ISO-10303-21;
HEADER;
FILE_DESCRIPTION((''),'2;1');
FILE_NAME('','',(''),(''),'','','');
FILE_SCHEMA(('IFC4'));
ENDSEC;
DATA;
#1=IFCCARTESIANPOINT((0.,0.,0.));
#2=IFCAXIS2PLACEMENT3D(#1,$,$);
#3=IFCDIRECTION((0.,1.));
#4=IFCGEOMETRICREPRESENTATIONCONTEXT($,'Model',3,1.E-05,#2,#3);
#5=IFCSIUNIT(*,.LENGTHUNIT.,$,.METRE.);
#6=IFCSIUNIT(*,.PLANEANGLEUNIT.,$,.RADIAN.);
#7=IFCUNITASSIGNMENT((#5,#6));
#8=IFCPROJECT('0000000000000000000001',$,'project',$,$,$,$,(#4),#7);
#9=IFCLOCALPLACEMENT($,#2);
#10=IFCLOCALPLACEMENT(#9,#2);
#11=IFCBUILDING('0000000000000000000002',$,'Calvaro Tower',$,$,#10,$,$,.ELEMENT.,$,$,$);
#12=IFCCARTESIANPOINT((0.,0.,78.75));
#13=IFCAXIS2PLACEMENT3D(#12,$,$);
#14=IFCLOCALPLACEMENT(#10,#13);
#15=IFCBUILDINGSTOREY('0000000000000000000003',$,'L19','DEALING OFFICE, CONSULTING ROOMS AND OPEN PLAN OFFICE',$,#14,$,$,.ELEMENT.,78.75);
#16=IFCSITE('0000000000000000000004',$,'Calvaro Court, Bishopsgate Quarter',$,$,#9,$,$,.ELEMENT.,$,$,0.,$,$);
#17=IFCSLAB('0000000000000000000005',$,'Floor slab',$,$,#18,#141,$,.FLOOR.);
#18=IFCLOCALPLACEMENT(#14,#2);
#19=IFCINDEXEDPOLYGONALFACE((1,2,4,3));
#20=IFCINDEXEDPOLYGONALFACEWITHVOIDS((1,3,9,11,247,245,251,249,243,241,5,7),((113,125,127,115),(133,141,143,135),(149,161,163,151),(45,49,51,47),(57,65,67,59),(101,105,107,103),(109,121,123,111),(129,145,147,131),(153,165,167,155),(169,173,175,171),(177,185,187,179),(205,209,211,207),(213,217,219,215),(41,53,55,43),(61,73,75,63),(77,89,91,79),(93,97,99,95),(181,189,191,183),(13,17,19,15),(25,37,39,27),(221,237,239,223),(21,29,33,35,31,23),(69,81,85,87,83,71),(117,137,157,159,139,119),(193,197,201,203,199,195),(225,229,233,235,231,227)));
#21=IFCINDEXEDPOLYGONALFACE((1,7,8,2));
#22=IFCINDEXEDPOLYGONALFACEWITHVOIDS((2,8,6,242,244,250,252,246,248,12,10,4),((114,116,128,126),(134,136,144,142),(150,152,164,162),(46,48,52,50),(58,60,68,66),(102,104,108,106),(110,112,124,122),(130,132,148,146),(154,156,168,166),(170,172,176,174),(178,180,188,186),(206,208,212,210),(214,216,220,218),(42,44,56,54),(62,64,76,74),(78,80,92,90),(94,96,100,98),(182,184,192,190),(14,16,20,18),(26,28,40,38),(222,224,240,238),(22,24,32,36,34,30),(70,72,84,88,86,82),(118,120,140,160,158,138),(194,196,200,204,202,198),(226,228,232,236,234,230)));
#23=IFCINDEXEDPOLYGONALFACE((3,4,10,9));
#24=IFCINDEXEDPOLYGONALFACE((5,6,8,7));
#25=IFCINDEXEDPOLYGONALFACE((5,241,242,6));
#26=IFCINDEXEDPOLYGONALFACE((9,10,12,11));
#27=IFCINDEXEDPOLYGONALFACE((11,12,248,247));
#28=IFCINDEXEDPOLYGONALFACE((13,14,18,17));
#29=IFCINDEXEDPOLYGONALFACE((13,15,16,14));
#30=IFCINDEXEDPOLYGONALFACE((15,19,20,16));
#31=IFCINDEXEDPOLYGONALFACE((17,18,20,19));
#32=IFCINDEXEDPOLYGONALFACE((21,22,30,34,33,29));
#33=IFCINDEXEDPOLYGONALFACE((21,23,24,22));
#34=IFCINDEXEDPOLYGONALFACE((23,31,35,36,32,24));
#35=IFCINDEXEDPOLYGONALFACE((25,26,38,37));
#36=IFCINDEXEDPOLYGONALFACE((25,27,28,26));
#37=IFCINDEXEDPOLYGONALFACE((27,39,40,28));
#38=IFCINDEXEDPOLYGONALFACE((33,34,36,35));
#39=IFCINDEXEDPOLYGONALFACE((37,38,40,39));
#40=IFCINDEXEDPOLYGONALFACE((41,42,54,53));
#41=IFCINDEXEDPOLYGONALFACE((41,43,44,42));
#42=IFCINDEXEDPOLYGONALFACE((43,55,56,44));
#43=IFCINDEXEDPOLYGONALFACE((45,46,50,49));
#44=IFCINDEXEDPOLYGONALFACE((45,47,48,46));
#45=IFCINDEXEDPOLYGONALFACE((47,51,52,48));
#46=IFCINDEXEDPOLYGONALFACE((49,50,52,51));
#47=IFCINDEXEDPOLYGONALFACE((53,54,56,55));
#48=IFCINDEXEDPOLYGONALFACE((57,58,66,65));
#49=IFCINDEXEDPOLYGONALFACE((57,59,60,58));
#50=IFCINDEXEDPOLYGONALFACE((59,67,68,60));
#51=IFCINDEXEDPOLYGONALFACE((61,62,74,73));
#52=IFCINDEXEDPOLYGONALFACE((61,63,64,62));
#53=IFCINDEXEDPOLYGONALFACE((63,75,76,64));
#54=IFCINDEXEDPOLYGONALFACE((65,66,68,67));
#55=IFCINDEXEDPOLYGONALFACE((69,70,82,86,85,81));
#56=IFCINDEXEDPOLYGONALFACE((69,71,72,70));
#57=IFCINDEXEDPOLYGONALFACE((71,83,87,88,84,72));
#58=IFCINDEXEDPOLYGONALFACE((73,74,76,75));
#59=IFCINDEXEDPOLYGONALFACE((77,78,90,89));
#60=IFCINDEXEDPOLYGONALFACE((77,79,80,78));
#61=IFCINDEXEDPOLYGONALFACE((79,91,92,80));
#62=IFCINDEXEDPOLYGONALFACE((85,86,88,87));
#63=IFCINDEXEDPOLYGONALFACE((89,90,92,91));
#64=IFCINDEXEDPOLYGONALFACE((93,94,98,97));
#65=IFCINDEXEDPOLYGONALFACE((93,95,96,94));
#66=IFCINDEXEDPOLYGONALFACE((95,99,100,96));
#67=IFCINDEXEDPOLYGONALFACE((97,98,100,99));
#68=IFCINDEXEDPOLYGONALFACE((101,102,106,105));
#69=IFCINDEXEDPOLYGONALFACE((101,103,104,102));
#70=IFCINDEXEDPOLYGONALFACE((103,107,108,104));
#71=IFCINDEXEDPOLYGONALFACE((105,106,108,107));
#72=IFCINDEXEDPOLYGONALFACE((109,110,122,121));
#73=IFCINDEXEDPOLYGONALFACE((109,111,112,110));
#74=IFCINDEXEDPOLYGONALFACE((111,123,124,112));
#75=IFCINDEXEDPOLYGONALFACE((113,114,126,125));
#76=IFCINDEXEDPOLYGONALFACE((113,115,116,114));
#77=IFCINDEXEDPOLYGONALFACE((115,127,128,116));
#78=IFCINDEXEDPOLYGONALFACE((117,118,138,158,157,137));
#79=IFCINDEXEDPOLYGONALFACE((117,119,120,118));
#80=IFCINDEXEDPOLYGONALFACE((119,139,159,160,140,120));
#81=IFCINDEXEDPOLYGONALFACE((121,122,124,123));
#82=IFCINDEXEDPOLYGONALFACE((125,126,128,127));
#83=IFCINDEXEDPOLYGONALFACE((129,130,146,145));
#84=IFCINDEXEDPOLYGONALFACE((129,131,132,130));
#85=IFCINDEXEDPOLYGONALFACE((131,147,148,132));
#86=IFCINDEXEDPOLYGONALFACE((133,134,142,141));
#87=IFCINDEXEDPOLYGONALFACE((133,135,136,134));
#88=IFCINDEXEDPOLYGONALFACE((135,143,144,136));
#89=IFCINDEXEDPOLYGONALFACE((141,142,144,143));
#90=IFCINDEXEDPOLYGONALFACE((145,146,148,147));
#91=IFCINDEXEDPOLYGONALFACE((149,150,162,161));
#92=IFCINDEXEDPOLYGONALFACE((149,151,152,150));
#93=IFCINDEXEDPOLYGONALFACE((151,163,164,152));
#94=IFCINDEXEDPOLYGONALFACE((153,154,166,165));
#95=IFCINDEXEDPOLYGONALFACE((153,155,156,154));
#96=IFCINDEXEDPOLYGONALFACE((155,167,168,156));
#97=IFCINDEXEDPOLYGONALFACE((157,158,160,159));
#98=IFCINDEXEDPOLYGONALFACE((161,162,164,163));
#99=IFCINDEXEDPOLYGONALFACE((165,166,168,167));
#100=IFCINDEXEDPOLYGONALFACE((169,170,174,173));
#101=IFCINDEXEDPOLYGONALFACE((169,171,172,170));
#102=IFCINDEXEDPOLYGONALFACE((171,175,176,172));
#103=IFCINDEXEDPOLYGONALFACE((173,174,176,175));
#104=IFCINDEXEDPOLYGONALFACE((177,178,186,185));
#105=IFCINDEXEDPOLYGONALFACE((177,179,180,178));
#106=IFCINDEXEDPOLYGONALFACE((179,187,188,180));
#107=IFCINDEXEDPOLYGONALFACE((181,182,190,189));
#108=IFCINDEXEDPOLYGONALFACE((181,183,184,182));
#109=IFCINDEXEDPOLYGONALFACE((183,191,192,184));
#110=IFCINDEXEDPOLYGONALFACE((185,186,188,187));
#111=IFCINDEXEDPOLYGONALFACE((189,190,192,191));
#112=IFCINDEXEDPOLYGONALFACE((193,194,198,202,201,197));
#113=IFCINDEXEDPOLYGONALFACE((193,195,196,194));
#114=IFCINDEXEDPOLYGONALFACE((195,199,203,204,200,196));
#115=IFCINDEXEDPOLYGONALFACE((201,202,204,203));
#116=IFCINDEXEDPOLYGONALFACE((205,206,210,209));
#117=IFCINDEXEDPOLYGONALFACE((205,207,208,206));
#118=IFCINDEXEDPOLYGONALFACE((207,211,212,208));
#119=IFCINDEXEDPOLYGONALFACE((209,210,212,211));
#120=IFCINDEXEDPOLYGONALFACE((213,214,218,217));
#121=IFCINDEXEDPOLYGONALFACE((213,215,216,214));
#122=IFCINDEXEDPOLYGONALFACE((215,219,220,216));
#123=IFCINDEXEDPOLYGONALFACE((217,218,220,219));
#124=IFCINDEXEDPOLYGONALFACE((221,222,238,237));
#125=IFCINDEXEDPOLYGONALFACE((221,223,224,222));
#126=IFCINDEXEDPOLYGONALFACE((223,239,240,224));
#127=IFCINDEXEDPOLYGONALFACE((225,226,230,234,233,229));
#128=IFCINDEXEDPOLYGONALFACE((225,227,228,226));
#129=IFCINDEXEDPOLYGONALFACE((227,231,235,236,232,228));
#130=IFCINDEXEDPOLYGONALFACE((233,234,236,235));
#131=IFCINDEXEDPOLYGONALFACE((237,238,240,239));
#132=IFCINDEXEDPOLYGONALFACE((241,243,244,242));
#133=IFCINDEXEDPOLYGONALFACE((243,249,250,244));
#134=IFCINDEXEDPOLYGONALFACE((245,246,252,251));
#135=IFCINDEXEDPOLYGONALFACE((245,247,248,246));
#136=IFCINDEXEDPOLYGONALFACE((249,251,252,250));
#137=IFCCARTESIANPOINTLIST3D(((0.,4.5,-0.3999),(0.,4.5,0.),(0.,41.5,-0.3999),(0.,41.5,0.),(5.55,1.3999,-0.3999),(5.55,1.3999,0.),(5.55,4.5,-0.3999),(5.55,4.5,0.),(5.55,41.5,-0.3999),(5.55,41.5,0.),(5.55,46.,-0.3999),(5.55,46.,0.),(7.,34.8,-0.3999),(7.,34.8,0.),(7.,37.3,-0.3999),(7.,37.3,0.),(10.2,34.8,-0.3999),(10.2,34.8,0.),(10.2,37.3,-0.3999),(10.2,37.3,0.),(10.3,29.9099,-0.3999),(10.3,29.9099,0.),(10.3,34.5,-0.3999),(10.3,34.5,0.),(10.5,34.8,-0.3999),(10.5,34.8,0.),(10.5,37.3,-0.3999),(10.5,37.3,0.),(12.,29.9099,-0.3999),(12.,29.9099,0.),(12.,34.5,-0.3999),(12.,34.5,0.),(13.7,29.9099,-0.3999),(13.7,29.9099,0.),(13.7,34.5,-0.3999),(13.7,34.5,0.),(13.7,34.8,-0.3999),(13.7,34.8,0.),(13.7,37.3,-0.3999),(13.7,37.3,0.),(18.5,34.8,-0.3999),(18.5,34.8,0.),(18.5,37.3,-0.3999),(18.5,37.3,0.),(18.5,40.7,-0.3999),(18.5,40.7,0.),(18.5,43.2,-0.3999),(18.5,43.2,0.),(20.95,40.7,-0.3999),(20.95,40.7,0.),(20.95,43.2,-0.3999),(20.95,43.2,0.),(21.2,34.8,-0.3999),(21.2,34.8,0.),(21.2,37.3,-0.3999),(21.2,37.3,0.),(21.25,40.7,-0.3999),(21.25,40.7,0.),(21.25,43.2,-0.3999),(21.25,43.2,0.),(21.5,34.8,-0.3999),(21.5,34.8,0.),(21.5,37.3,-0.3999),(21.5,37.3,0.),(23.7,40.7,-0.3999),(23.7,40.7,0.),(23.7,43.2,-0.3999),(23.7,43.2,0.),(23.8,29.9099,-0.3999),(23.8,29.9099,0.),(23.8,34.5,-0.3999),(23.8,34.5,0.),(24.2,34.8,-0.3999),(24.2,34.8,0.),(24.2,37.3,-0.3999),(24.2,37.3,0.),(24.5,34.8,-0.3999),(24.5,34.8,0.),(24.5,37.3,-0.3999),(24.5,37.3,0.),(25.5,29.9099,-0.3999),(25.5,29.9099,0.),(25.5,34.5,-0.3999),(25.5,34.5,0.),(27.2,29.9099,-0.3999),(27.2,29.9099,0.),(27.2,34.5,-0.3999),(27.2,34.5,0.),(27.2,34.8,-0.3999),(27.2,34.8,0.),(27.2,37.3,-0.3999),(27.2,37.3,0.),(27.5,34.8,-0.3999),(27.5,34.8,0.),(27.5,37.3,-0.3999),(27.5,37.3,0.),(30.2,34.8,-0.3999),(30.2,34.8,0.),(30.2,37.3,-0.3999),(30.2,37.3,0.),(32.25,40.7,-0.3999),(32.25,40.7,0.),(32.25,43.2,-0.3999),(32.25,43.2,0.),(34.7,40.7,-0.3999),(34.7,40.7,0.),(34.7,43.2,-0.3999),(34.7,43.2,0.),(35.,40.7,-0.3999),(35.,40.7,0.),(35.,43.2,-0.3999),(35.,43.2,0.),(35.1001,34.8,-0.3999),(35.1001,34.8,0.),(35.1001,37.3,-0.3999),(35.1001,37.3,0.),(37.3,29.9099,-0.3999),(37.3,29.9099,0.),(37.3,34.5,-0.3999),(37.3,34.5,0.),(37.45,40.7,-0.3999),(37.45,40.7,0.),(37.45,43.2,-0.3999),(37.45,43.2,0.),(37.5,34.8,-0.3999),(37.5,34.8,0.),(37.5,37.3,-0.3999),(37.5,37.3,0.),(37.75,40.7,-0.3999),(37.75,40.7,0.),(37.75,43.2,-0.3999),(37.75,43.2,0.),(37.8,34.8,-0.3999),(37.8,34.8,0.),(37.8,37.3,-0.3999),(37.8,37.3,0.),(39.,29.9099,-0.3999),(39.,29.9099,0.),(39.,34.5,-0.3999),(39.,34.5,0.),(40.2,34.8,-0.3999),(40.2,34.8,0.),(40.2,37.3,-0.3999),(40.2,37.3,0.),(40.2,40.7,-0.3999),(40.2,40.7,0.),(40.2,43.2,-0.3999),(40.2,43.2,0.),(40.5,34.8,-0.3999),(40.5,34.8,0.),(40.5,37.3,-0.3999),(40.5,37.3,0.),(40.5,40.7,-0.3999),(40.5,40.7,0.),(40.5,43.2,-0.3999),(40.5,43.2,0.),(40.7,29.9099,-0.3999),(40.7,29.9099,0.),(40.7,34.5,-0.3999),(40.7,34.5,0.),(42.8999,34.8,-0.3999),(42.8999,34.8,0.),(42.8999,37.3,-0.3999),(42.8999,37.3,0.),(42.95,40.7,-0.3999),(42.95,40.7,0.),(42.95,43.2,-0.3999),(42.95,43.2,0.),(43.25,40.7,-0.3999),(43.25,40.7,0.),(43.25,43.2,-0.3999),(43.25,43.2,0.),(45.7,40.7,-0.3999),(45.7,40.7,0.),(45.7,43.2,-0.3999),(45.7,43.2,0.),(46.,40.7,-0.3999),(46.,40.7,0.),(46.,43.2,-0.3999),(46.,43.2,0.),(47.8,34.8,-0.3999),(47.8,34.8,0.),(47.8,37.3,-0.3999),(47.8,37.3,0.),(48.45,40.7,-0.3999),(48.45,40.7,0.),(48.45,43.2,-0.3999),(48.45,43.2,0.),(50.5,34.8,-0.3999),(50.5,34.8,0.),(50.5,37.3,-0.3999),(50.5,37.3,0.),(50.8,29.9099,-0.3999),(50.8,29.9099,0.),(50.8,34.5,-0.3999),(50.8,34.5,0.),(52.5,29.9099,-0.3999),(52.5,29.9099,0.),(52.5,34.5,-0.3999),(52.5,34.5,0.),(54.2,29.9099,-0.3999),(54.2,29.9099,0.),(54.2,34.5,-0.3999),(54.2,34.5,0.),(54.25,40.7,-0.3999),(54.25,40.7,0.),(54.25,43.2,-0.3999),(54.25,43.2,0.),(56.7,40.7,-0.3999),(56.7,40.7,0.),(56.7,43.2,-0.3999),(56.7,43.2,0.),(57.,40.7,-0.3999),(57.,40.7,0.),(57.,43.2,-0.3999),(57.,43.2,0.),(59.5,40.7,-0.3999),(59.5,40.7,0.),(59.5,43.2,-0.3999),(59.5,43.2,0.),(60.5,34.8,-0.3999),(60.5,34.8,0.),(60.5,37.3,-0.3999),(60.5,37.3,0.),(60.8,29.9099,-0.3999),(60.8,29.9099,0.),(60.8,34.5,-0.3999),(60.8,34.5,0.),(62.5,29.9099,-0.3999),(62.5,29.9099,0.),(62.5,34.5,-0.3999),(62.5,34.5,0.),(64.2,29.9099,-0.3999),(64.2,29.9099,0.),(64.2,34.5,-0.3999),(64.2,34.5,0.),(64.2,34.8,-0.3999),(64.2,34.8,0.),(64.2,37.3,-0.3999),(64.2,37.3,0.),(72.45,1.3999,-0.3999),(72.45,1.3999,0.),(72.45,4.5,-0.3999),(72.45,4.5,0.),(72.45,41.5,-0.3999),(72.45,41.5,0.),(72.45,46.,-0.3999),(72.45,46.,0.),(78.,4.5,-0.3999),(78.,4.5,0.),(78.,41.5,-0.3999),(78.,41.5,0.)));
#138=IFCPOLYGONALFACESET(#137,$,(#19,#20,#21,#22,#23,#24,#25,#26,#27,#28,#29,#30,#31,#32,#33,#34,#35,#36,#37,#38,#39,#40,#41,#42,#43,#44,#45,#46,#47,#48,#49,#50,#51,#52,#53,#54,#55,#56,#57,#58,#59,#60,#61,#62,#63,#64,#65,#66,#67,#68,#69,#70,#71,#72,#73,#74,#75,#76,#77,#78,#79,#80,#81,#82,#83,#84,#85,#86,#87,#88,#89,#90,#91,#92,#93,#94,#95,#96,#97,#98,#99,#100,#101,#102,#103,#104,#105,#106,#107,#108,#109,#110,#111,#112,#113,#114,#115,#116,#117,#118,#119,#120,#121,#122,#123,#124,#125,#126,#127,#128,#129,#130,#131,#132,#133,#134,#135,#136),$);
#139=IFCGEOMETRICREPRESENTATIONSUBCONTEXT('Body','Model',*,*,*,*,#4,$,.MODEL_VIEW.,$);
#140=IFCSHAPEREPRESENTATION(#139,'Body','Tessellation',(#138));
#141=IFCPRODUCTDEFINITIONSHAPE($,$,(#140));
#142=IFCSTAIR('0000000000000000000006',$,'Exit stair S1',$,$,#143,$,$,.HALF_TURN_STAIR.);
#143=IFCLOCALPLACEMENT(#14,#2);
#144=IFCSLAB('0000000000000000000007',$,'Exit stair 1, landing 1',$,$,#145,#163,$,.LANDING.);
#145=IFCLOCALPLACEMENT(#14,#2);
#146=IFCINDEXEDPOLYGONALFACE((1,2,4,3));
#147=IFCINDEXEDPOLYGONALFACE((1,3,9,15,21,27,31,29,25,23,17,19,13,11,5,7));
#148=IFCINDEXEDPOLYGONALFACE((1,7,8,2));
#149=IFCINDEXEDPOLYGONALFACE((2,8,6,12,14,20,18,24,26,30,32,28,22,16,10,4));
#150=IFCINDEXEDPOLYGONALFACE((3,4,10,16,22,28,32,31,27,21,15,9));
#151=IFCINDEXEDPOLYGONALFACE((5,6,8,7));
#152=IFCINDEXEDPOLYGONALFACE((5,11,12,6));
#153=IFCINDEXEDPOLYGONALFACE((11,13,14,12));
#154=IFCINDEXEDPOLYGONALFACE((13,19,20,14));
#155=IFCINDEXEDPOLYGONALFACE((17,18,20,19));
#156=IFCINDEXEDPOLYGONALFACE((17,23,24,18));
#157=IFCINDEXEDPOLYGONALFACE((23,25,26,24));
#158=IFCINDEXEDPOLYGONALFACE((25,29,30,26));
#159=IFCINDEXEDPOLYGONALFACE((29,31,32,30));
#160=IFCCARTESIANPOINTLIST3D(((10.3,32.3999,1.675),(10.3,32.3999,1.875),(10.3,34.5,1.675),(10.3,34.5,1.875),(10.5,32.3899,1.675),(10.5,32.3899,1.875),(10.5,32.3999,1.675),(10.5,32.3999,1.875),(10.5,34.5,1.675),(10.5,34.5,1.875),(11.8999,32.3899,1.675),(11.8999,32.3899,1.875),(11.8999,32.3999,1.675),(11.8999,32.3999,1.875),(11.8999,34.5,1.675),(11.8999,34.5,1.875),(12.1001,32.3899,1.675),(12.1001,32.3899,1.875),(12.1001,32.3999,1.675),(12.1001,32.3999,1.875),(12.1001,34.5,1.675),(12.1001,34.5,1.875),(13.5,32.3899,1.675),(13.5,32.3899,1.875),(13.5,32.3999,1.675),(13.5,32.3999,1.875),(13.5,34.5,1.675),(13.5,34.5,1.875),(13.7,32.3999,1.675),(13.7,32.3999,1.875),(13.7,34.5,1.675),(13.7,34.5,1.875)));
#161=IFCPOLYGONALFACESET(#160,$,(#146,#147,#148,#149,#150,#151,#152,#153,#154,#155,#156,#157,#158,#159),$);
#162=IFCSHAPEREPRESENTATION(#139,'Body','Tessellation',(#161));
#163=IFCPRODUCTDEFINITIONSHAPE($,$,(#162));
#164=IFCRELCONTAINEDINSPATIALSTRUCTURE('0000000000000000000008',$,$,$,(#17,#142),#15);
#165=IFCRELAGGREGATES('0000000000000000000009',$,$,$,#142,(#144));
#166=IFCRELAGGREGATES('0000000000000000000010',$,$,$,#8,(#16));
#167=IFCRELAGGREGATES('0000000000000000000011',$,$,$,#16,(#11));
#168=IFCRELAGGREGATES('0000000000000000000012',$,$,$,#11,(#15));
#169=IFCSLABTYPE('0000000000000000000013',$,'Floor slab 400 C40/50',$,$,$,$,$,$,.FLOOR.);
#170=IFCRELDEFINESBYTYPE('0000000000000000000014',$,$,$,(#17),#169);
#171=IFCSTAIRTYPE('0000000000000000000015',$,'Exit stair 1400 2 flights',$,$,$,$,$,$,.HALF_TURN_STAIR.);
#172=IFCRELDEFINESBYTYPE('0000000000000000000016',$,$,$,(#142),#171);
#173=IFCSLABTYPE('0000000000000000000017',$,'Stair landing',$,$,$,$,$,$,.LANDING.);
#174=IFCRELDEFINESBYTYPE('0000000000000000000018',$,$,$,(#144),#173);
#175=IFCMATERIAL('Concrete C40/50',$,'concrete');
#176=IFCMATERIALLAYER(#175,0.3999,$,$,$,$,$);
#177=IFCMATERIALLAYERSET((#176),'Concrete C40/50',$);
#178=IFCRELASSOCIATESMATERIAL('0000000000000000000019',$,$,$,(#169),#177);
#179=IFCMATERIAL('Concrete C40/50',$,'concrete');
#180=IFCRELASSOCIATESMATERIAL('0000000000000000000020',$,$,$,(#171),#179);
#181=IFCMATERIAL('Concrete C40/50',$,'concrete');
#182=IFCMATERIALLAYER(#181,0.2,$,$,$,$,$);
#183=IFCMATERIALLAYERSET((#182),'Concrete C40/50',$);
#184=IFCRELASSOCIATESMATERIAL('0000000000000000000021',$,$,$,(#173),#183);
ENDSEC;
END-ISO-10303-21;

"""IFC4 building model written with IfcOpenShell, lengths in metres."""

from ifc_helpers import new_model, si_unit, direction, frame, origin, place, context, subcontext, project, spatial, polyline, outline, extrude, material, layer, layer_set, type_object, element, aggregate, save


model = new_model("IFC4")

# Units and contexts
model_context = context("Model", 3, precision=1e-05, world=origin(), true_north=direction((0.0, 1.0)))
body_context = subcontext(model_context, "Body", "Model", "MODEL_VIEW")
ifc_project = project(units=[si_unit("LENGTHUNIT", "METRE"), si_unit("PLANEANGLEUNIT", "RADIAN")], contexts=[model_context])

# Site, building, storey
site_placement = place(None, origin())
site = spatial("IfcSite", under=ifc_project, at=site_placement, Name="Calvaro Court, Bishopsgate Quarter", CompositionType="ELEMENT", RefElevation=0.0)
building_placement = place(site_placement, origin())
building = spatial("IfcBuilding", under=site, at=building_placement, Name="Calvaro Tower", CompositionType="ELEMENT")
storey_placement = place(building_placement, frame((0.0, 0.0, 78.75)))
storey = spatial("IfcBuildingStorey", under=building, at=storey_placement, Name="L19", Description="DEALING OFFICE, CONSULTING ROOMS AND OPEN PLAN OFFICE", CompositionType="ELEMENT", Elevation=78.75)

# Slab
ifc_material_1 = material(Name="Concrete C40/50", Category="concrete")
ifc_layer_1 = layer(ifc_material_1, 0.3999)
ifc_layer_set_1 = layer_set([ifc_layer_1], Name="Concrete C40/50")
slab_type_1 = type_object("IfcSlabType", Name="Floor slab 400 C40/50", PredefinedType="FLOOR", material=ifc_layer_set_1)
slab_1_placement = place(storey_placement, frame((0.0, 0.0, -0.3999)))
element("IfcSlab", 1, at=slab_1_placement, inside=storey, type_object=slab_type_1, Name="Floor slab", PredefinedType="FLOOR", context=body_context, shape_type="SweptSolid", body=[
    extrude(outline(polyline([(72.45, 4.5), (72.45, 1.3999), (5.55, 1.3999), (5.55, 4.5), (0.0, 4.5), (0.0, 41.5), (5.55, 41.5), (5.55, 46.0), (72.45, 46.0), (72.45, 41.5), (78.0, 41.5), (78.0, 4.5), (72.45, 4.5)]), holes=[polyline([(10.3, 29.9099), (10.3, 34.5), (12.0, 34.5), (13.7, 34.5), (13.7, 29.9099), (12.0, 29.9099), (10.3, 29.9099)]), polyline([(23.8, 29.9099), (23.8, 34.5), (25.5, 34.5), (27.2, 34.5), (27.2, 29.9099), (25.5, 29.9099), (23.8, 29.9099)]), polyline([(37.3, 29.9099), (37.3, 34.5), (39.0, 34.5), (40.7, 34.5), (40.7, 29.9099), (39.0, 29.9099), (37.3, 29.9099)]), polyline([(50.8, 29.9099), (50.8, 34.5), (52.5, 34.5), (54.2, 34.5), (54.2, 29.9099), (52.5, 29.9099), (50.8, 29.9099)]), polyline([(60.8, 29.9099), (60.8, 34.5), (62.5, 34.5), (64.2, 34.5), (64.2, 29.9099), (62.5, 29.9099), (60.8, 29.9099)]), polyline([(18.5, 34.8), (21.2, 34.8), (21.2, 37.3), (18.5, 37.3), (18.5, 34.8)]), polyline([(21.5, 34.8), (24.2, 34.8), (24.2, 37.3), (21.5, 37.3), (21.5, 34.8)]), polyline([(24.5, 34.8), (27.2, 34.8), (27.2, 37.3), (24.5, 37.3), (24.5, 34.8)]), polyline([(35.1001, 34.8), (37.5, 34.8), (37.5, 37.3), (35.1001, 37.3), (35.1001, 34.8)]), polyline([(37.8, 34.8), (40.2, 34.8), (40.2, 37.3), (37.8, 37.3), (37.8, 34.8)]), polyline([(40.5, 34.8), (42.8999, 34.8), (42.8999, 37.3), (40.5, 37.3), (40.5, 34.8)]), polyline([(18.5, 40.7), (20.95, 40.7), (20.95, 43.2), (18.5, 43.2), (18.5, 40.7)]), polyline([(21.25, 40.7), (23.7, 40.7), (23.7, 43.2), (21.25, 43.2), (21.25, 40.7)]), polyline([(32.25, 40.7), (34.7, 40.7), (34.7, 43.2), (32.25, 43.2), (32.25, 40.7)]), polyline([(35.0, 40.7), (37.45, 40.7), (37.45, 43.2), (35.0, 43.2), (35.0, 40.7)]), polyline([(37.75, 40.7), (40.2, 40.7), (40.2, 43.2), (37.75, 43.2), (37.75, 40.7)]), polyline([(40.5, 40.7), (42.95, 40.7), (42.95, 43.2), (40.5, 43.2), (40.5, 40.7)]), polyline([(43.25, 40.7), (45.7, 40.7), (45.7, 43.2), (43.25, 43.2), (43.25, 40.7)]), polyline([(46.0, 40.7), (48.45, 40.7), (48.45, 43.2), (46.0, 43.2), (46.0, 40.7)]), polyline([(54.25, 40.7), (56.7, 40.7), (56.7, 43.2), (54.25, 43.2), (54.25, 40.7)]), polyline([(57.0, 40.7), (59.5, 40.7), (59.5, 43.2), (57.0, 43.2), (57.0, 40.7)]), polyline([(7.0, 34.8), (10.2, 34.8), (10.2, 37.3), (7.0, 37.3), (7.0, 34.8)]), polyline([(10.5, 34.8), (13.7, 34.8), (13.7, 37.3), (10.5, 37.3), (10.5, 34.8)]), polyline([(60.5, 34.8), (64.2, 34.8), (64.2, 37.3), (60.5, 37.3), (60.5, 34.8)]), polyline([(27.5, 34.8), (30.2, 34.8), (30.2, 37.3), (27.5, 37.3), (27.5, 34.8)]), polyline([(47.8, 34.8), (50.5, 34.8), (50.5, 37.3), (47.8, 37.3), (47.8, 34.8)])]), origin(), (0.0, 0.0, 1.0), 0.3999),
])

# Stair, slab
ifc_material_2 = material(Name="Concrete C40/50", Category="concrete")
stair_type = type_object("IfcStairType", Name="Exit stair 1400 2 flights", PredefinedType="HALF_TURN_STAIR", material=ifc_material_2)
stair_1_placement = place(storey_placement, origin())
stair_1 = element("IfcStair", 2, at=stair_1_placement, inside=storey, type_object=stair_type, Name="Exit stair S1", PredefinedType="HALF_TURN_STAIR")
ifc_material_3 = material(Name="Concrete C40/50", Category="concrete")
ifc_layer_2 = layer(ifc_material_3, 0.2)
ifc_layer_set_2 = layer_set([ifc_layer_2], Name="Concrete C40/50")
slab_type_2 = type_object("IfcSlabType", Name="Stair landing", PredefinedType="LANDING", material=ifc_layer_set_2)
slab_2_placement = place(storey_placement, frame((0.0, 0.0, 1.675)))
slab_2 = element("IfcSlab", 3, at=slab_2_placement, type_object=slab_type_2, Name="Exit stair 1, landing 1", PredefinedType="LANDING", context=body_context, shape_type="SweptSolid", body=[
    extrude(outline(polyline([(11.8999, 32.3899), (10.5, 32.3899), (10.5, 32.3999), (10.3, 32.3999), (10.3, 34.5), (10.5, 34.5), (11.8999, 34.5), (12.1001, 34.5), (13.5, 34.5), (13.7, 34.5), (13.7, 32.3999), (13.5, 32.3999), (13.5, 32.3899), (12.1001, 32.3899), (12.1001, 32.3999), (11.8999, 32.3999), (11.8999, 32.3899)])), origin(), (0.0, 0.0, 1.0), 0.2),
])
aggregate(stair_1, [slab_2])

save(model, "model.ifc")
